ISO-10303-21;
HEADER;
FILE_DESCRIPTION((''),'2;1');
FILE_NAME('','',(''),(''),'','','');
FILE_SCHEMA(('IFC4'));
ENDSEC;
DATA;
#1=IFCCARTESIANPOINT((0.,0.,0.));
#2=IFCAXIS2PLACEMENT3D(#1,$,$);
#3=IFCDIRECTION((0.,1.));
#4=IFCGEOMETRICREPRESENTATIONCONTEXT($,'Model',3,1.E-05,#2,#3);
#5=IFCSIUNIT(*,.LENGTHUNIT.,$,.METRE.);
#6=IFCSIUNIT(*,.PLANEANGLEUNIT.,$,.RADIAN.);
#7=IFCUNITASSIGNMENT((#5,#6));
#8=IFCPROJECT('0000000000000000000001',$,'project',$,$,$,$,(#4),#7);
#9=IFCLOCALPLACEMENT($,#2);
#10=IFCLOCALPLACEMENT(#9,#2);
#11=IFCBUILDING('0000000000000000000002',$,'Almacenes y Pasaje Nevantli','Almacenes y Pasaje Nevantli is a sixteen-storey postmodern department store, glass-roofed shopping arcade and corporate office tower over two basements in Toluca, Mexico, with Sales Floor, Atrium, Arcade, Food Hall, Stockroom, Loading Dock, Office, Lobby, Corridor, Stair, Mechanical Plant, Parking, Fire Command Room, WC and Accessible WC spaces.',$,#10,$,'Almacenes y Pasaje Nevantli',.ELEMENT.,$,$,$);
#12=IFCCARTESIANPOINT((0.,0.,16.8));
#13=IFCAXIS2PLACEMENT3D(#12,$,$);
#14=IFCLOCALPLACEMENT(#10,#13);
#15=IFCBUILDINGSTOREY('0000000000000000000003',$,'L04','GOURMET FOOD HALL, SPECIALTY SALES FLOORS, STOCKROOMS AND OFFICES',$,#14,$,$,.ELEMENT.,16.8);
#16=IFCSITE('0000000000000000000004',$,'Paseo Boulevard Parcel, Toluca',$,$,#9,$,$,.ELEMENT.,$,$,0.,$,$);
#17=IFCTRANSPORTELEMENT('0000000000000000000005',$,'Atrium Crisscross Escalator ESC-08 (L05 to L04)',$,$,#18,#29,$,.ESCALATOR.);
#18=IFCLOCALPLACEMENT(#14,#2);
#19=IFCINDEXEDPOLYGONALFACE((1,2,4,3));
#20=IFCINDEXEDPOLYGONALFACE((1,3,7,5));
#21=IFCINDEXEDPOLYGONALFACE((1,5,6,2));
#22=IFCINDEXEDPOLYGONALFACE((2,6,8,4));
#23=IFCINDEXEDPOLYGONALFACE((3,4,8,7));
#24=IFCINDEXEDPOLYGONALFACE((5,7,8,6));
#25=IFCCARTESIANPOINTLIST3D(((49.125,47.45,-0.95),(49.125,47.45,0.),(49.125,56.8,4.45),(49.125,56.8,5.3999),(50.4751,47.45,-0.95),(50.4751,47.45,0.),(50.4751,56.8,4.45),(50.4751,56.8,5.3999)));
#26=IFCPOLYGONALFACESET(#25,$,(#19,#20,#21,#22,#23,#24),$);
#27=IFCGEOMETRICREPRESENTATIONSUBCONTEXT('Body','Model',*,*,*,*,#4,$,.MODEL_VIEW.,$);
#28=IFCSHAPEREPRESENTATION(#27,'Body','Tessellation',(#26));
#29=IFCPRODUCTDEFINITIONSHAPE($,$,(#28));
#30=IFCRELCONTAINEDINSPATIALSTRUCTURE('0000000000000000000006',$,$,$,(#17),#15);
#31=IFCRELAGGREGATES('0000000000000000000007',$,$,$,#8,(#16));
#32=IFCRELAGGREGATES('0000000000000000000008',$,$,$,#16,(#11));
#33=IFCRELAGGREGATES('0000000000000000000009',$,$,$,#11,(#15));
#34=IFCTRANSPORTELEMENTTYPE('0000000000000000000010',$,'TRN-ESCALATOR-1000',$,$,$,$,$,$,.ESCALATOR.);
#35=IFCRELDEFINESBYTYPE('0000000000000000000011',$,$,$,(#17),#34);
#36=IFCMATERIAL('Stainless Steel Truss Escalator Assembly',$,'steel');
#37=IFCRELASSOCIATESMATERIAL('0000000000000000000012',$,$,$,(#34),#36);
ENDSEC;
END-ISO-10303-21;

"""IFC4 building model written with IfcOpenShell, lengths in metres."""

from ifc_helpers import new_model, si_unit, direction, frame, origin, place, context, subcontext, project, spatial, polyline, outline, extrude, material, type_object, element, save


model = new_model("IFC4")

# Units and contexts
model_context = context("Model", 3, precision=1e-05, world=origin(), true_north=direction((0.0, 1.0)))
body_context = subcontext(model_context, "Body", "Model", "MODEL_VIEW")
ifc_project = project(units=[si_unit("LENGTHUNIT", "METRE"), si_unit("PLANEANGLEUNIT", "RADIAN")], contexts=[model_context])

# Site, building, storey
site_placement = place(None, origin())
site = spatial("IfcSite", under=ifc_project, at=site_placement, Name="Paseo Boulevard Parcel, Toluca", CompositionType="ELEMENT", RefElevation=0.0)
building_placement = place(site_placement, origin())
building = spatial("IfcBuilding", under=site, at=building_placement, Name="Almacenes y Pasaje Nevantli", Description="Almacenes y Pasaje Nevantli is a sixteen-storey postmodern department store, glass-roofed shopping arcade and corporate office tower over two basements in Toluca, Mexico, with Sales Floor, Atrium, Arcade, Food Hall, Stockroom, Loading Dock, Office, Lobby, Corridor, Stair, Mechanical Plant, Parking, Fire Command Room, WC and Accessible WC spaces.", LongName="Almacenes y Pasaje Nevantli", CompositionType="ELEMENT")
storey_placement = place(building_placement, frame((0.0, 0.0, 16.8)))
storey = spatial("IfcBuildingStorey", under=building, at=storey_placement, Name="L04", Description="GOURMET FOOD HALL, SPECIALTY SALES FLOORS, STOCKROOMS AND OFFICES", CompositionType="ELEMENT", Elevation=16.8)

# Transport element
ifc_material_1 = material(Name="Stainless Steel Truss Escalator Assembly", Category="steel")
transport_element_type = type_object("IfcTransportElementType", Name="TRN-ESCALATOR-1000", PredefinedType="ESCALATOR", material=ifc_material_1)
for number, where, z_axis, x_axis, name in (
    (1, (49.8, 47.45, 0.0), (0.0, 0.0, 1.0), (0.0, 1.0, 0.0), "Atrium Crisscross Escalator ESC-08 (L05 to L04)"),
):
    element("IfcTransportElement", number, at=place(storey_placement, frame(where, z_axis=z_axis, x_axis=x_axis)), inside=storey, type_object=transport_element_type, Name=name, PredefinedType="ESCALATOR", context=body_context, shape_type="SweptSolid", body=[
        extrude(outline(polyline([(0.0, -0.95), (9.3501, 4.45), (9.3501, 5.3999), (0.0, 0.0), (0.0, -0.95)])), frame((0.0, 0.675, 0.0), z_axis=(0.0, -1.0, 0.0), x_axis=(1.0, 0.0, 0.0)), (0.0, 0.0, 1.0), 1.3501),
    ])

save(model, "model.ifc")
